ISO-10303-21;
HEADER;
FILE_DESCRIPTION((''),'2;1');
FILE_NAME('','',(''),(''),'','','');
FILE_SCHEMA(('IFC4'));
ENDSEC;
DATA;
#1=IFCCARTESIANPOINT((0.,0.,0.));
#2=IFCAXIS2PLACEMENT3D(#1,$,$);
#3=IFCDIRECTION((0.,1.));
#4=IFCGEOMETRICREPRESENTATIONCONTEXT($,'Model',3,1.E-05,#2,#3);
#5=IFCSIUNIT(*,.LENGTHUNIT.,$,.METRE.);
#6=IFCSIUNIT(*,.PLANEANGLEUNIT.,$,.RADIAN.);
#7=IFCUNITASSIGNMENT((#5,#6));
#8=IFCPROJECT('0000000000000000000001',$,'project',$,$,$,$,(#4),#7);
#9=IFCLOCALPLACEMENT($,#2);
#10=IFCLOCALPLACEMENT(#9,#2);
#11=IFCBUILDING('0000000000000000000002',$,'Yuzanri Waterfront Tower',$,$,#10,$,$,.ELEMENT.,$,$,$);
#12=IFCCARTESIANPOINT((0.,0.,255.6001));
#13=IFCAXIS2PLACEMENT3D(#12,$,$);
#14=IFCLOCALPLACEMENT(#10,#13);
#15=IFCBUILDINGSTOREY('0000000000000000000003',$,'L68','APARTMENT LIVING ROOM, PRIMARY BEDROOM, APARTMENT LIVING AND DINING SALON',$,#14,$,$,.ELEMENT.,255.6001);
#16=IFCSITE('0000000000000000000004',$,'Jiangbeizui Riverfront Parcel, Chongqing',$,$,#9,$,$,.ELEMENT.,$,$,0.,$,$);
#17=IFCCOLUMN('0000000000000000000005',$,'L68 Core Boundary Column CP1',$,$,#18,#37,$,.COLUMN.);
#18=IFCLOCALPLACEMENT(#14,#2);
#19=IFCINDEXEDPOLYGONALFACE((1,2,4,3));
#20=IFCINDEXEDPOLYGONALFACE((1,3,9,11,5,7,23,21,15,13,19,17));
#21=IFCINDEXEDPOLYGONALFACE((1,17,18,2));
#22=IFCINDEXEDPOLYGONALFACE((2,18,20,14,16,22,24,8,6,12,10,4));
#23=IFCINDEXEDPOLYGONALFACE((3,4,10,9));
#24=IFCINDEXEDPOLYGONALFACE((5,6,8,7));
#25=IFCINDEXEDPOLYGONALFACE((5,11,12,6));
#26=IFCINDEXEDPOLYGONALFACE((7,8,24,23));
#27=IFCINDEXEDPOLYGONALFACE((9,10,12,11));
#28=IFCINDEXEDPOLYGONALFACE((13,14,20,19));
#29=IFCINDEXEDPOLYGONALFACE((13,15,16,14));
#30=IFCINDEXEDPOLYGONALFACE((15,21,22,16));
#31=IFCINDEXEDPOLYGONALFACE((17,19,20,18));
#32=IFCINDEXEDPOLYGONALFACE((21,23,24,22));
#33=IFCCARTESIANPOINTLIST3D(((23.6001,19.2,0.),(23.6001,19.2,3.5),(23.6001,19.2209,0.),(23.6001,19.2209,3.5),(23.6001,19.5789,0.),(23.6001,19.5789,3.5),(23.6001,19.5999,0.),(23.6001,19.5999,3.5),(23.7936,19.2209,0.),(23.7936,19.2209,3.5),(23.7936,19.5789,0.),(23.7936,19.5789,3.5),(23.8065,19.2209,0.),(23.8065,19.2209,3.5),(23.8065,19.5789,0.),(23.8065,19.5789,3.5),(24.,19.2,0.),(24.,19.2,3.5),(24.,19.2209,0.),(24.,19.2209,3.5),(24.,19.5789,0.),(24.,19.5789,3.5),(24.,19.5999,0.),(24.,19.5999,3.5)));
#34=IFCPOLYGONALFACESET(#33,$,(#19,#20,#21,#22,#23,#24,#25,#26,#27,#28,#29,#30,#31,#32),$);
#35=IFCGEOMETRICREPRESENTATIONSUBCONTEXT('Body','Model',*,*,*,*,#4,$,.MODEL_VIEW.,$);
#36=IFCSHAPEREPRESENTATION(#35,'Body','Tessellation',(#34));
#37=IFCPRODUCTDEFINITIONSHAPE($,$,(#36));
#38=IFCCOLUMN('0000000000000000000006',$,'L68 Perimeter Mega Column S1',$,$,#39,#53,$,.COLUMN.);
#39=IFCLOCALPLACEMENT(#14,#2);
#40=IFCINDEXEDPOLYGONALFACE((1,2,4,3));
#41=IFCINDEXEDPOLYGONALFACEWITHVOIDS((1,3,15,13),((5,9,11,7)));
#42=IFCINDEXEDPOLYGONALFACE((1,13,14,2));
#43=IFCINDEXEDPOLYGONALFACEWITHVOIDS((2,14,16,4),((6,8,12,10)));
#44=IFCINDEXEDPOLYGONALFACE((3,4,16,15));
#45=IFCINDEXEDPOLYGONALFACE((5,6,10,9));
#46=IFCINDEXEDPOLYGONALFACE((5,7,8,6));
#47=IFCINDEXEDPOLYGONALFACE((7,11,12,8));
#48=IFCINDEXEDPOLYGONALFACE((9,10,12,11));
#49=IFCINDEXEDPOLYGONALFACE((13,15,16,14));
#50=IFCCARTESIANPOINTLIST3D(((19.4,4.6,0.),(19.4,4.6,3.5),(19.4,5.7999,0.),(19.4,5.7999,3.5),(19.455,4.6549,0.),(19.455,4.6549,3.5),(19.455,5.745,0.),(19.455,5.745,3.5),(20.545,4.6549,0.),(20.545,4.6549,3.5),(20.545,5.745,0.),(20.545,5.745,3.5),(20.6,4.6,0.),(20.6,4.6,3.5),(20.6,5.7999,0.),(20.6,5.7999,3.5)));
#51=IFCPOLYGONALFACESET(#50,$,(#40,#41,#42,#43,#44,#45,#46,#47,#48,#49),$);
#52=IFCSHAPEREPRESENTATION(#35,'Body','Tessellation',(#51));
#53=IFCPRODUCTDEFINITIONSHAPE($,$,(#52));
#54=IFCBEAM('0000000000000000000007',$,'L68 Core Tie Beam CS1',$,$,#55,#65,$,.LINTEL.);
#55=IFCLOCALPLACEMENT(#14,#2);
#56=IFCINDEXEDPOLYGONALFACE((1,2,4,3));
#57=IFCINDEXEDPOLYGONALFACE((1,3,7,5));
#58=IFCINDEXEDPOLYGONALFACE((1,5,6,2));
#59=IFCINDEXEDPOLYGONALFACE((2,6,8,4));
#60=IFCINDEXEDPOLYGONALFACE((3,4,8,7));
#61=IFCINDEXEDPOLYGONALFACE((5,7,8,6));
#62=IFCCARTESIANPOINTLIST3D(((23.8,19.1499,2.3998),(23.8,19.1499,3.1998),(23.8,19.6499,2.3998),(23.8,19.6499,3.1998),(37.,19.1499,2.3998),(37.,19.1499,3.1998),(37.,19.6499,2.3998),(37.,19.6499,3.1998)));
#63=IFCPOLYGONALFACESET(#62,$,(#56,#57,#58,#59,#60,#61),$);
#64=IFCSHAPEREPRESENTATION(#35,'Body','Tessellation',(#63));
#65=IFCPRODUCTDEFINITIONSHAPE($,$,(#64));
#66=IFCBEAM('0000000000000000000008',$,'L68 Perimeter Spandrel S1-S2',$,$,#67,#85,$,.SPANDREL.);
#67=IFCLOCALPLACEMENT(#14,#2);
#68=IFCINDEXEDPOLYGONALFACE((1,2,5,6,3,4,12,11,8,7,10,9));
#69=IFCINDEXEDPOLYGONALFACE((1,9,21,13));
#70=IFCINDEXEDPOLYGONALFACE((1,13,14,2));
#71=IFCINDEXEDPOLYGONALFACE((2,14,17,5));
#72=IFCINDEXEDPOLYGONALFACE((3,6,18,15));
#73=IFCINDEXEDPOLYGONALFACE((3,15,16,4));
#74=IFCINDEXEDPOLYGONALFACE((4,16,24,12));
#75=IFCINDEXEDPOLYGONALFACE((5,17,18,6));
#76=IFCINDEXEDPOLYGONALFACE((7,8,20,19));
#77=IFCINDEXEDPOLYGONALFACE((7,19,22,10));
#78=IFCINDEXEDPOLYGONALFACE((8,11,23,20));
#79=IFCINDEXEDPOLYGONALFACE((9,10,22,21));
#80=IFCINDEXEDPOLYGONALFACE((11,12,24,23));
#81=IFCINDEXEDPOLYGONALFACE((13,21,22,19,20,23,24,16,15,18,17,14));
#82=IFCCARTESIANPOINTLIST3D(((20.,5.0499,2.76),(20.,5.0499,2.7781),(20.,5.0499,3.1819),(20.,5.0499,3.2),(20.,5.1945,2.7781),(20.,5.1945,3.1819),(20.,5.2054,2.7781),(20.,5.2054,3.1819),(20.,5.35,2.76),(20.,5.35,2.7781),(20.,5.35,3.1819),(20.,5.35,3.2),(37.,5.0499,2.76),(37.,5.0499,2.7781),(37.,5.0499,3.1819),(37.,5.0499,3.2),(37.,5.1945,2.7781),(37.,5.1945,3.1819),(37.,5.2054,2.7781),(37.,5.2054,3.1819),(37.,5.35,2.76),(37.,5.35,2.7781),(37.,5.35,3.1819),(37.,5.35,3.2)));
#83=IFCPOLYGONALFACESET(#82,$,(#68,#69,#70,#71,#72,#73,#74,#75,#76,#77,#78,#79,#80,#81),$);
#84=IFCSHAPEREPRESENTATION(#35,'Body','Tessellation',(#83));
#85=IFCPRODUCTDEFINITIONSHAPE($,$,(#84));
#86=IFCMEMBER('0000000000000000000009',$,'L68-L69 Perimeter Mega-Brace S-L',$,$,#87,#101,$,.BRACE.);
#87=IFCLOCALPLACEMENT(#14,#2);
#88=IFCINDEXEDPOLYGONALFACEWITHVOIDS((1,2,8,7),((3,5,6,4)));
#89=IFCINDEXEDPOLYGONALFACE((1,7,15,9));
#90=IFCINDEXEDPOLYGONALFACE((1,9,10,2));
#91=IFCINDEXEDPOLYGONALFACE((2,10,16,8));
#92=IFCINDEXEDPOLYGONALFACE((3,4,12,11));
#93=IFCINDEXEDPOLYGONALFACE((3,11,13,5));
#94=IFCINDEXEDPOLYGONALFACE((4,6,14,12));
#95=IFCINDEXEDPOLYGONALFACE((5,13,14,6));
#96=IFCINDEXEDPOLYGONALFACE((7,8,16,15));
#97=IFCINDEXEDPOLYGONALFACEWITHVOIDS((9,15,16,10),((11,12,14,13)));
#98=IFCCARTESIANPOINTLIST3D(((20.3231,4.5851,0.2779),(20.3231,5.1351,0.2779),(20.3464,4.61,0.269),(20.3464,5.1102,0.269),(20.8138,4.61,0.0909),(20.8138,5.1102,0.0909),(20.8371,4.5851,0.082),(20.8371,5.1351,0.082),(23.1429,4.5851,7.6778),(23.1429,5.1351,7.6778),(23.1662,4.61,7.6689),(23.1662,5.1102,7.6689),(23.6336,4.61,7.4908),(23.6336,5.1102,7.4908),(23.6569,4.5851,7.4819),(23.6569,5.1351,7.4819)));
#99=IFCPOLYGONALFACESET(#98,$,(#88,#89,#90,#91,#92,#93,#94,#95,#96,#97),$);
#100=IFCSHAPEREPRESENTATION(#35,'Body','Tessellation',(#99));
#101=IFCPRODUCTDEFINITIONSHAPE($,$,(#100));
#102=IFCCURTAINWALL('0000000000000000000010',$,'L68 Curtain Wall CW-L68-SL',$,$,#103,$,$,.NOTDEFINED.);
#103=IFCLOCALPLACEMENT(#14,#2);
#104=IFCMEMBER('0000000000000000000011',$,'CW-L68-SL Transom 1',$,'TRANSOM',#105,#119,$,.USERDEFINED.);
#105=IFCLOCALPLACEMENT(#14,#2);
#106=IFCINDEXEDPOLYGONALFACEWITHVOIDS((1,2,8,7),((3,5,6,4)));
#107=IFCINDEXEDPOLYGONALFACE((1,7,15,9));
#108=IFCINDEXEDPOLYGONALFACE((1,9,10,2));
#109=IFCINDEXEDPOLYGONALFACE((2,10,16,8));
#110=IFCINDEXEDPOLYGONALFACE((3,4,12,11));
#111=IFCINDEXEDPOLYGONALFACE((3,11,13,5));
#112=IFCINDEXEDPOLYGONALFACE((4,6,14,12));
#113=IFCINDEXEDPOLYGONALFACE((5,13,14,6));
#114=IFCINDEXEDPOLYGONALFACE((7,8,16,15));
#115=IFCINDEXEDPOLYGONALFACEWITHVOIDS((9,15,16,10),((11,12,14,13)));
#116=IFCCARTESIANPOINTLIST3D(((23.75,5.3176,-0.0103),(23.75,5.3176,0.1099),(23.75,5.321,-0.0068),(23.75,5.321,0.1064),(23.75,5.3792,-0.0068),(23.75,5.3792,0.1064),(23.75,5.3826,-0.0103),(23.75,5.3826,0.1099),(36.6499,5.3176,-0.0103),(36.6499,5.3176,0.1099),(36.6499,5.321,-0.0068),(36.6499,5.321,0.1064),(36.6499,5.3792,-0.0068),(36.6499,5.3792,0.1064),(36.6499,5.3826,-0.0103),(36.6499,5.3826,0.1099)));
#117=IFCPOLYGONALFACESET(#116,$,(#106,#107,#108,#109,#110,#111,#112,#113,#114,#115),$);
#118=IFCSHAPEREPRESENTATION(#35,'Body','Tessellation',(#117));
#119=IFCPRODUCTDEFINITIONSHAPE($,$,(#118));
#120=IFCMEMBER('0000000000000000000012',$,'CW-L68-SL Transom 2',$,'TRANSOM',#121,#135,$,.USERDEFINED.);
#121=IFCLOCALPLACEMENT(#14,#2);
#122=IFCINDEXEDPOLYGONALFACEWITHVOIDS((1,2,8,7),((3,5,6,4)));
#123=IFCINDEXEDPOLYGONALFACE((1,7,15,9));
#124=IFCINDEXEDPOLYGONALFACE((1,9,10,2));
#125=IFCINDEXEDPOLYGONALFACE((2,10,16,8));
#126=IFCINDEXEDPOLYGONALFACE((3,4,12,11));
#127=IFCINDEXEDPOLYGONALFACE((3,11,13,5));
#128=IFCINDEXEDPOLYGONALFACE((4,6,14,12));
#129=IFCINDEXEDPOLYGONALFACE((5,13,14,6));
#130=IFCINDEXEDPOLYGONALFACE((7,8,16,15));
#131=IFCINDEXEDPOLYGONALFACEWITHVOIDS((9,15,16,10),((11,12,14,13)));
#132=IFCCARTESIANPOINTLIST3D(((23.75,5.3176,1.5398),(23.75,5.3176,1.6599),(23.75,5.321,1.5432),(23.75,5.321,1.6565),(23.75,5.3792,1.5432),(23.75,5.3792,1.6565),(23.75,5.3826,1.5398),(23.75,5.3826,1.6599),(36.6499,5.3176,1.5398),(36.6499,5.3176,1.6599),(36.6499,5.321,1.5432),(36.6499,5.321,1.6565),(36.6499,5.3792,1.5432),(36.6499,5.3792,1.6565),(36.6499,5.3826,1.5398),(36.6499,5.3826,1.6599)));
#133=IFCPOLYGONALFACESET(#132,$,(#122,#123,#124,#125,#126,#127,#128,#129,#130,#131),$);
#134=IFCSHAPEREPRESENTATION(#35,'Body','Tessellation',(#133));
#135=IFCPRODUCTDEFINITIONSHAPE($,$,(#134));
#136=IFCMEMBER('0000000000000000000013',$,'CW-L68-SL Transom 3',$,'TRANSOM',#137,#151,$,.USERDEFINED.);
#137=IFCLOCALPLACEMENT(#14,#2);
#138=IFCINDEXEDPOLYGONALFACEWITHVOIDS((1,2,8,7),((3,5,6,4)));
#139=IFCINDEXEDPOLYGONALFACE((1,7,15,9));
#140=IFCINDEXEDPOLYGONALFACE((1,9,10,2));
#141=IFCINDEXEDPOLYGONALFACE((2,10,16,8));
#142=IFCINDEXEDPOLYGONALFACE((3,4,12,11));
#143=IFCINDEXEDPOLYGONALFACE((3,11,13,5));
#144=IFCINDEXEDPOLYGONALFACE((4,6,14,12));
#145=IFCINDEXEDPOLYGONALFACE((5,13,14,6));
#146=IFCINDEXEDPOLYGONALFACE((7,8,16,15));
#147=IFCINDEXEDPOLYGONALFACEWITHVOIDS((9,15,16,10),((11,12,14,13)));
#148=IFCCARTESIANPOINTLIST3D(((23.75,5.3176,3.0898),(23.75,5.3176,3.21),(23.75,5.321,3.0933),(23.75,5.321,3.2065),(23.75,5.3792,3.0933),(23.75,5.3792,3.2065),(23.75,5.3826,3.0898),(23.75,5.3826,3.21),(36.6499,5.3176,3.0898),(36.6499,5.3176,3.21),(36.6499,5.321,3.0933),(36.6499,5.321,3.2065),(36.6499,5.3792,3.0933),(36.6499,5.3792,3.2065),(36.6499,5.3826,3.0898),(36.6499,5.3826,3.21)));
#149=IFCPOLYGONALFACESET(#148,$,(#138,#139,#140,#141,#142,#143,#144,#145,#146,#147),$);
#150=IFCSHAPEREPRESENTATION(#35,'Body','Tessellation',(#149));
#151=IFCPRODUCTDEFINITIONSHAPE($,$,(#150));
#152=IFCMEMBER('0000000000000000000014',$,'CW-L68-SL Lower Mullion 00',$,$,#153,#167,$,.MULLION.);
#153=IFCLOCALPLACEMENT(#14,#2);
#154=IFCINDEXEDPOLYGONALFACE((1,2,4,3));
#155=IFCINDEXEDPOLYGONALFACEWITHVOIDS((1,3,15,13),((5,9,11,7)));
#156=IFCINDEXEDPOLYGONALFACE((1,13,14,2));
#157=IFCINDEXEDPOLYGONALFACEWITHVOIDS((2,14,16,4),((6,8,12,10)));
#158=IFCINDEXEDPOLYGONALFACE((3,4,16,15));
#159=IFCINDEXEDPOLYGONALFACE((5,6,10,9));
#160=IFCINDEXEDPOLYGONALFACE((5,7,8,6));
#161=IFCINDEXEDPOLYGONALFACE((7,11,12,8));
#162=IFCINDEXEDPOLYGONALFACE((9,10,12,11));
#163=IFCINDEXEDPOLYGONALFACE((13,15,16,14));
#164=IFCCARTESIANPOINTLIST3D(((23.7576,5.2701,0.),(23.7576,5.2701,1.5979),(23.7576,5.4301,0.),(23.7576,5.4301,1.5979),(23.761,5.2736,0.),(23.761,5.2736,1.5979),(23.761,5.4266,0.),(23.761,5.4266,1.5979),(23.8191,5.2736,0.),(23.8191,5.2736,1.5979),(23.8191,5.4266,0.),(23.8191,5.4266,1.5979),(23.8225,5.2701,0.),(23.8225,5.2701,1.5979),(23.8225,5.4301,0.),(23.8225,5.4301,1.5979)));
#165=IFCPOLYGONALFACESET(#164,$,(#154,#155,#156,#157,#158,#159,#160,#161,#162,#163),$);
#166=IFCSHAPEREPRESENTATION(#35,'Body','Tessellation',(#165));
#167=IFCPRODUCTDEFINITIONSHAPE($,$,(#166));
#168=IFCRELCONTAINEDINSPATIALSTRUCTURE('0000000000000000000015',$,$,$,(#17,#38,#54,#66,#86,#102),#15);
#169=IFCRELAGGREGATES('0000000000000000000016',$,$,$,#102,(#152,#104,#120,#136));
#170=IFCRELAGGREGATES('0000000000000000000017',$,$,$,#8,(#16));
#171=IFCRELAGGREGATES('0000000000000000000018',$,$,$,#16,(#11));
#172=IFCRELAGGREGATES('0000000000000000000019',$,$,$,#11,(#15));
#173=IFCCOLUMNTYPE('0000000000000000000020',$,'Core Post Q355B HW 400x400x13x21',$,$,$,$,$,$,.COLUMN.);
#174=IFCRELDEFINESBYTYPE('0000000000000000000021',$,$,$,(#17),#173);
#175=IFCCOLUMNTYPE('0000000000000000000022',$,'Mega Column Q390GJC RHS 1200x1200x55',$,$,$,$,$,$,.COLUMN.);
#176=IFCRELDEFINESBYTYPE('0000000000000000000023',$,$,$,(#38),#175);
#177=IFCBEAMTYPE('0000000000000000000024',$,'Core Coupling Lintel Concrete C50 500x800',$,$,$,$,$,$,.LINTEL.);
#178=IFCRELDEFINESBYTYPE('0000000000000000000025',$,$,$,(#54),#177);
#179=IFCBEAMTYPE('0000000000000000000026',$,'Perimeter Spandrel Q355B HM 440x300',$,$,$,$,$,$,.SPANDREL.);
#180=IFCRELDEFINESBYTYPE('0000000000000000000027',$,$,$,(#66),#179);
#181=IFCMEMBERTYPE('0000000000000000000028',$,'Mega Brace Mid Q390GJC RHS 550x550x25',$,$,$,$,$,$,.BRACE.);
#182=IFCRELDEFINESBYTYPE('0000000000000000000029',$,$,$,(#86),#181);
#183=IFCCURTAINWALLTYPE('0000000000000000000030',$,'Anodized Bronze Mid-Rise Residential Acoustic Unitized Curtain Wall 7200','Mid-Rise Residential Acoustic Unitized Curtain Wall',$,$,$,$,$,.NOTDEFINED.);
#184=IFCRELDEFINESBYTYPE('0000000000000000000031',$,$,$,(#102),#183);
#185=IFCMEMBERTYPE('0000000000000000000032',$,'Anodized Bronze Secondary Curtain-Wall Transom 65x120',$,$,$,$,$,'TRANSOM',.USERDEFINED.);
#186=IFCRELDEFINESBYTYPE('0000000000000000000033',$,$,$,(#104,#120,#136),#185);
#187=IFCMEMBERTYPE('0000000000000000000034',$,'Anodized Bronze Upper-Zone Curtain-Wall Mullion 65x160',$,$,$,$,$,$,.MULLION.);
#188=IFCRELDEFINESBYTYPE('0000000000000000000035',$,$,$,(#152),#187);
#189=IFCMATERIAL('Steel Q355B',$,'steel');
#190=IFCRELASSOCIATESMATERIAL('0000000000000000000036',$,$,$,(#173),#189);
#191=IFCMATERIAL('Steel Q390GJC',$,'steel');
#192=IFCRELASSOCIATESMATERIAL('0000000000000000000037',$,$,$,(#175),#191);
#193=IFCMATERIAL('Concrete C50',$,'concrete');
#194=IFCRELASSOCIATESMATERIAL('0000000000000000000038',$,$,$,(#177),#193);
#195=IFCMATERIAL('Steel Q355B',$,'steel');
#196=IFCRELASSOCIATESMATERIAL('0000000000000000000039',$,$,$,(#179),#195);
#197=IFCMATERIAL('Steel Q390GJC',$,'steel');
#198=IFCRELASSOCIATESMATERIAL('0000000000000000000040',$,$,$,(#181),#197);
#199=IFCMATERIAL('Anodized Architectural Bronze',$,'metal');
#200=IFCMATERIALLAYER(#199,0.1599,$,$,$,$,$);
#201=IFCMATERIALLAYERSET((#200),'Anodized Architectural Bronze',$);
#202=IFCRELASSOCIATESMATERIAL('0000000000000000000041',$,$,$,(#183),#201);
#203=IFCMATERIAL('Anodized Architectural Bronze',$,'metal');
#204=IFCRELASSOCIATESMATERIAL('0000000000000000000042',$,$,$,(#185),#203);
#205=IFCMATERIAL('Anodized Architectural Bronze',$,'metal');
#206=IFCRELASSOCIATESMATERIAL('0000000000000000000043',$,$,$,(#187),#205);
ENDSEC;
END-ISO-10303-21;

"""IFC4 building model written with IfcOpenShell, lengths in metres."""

from ifc_helpers import new_model, si_unit, direction, frame, origin, origin_2d, place, context, subcontext, project, spatial, rectangle, hollow_rectangle, i_section, extrude, source, transform, mapped, material, layer, layer_set, material_profile, profile_set, type_object, element, aggregate, save


model = new_model("IFC4")

# Units and contexts
model_context = context("Model", 3, precision=1e-05, world=origin(), true_north=direction((0.0, 1.0)))
body_context = subcontext(model_context, "Body", "Model", "MODEL_VIEW")
ifc_project = project(units=[si_unit("LENGTHUNIT", "METRE"), si_unit("PLANEANGLEUNIT", "RADIAN")], contexts=[model_context])

# Site, building, storey
site_placement = place(None, origin())
site = spatial("IfcSite", under=ifc_project, at=site_placement, Name="Jiangbeizui Riverfront Parcel, Chongqing", CompositionType="ELEMENT", RefElevation=0.0)
building_placement = place(site_placement, origin())
building = spatial("IfcBuilding", under=site, at=building_placement, Name="Yuzanri Waterfront Tower", CompositionType="ELEMENT")
storey_placement = place(building_placement, frame((0.0, 0.0, 255.6001)))
storey = spatial("IfcBuildingStorey", under=building, at=storey_placement, Name="L68", Description="APARTMENT LIVING ROOM, PRIMARY BEDROOM, APARTMENT LIVING AND DINING SALON", CompositionType="ELEMENT", Elevation=255.6001)

# Columns
ifc_material_1 = material(Name="Steel Q355B", Category="steel")
ifc_material_profile_1 = material_profile(ifc_material_1, i_section(OverallWidth=0.3999, OverallDepth=0.3999, WebThickness=0.0129, FlangeThickness=0.021, at=origin_2d()), Name="HW 400x400x13x21")
ifc_profile_set_1 = profile_set([ifc_material_profile_1], Name="Steel Q355B")
column_type_1 = type_object("IfcColumnType", Name="Core Post Q355B HW 400x400x13x21", PredefinedType="COLUMN", material=ifc_profile_set_1)
shared_shape_1 = source(origin(), body_context, "Body", "SweptSolid", [
    extrude(i_section(OverallWidth=0.3999, OverallDepth=0.3999, WebThickness=0.0129, FlangeThickness=0.021, at=origin_2d()), origin(), (0.0, 0.0, 1.0), 3.5),
])
column_1_placement = place(storey_placement, frame((23.8, 19.3999, 0.0), z_axis=(0.0, 0.0, 1.0), x_axis=(1.0, 0.0, 0.0)))
element("IfcColumn", 1, at=column_1_placement, inside=storey, type_object=column_type_1, Name="L68 Core Boundary Column CP1", PredefinedType="COLUMN", context=body_context, shape_type="MappedRepresentation", body=[
    mapped(shared_shape_1, transform((0.0, 0.0, 0.0), scale=1.0)),
])
ifc_material_2 = material(Name="Steel Q390GJC", Category="steel")
ifc_material_profile_2 = material_profile(ifc_material_2, hollow_rectangle(XDim=1.2, YDim=1.2, WallThickness=0.0549, at=origin_2d()), Name="RHS 1200x1200x55")
ifc_profile_set_2 = profile_set([ifc_material_profile_2], Name="Steel Q390GJC")
column_type_2 = type_object("IfcColumnType", Name="Mega Column Q390GJC RHS 1200x1200x55", PredefinedType="COLUMN", material=ifc_profile_set_2)
shared_shape_2 = source(origin(), body_context, "Body", "SweptSolid", [
    extrude(hollow_rectangle(XDim=1.2, YDim=1.2, WallThickness=0.0549, at=origin_2d()), origin(), (0.0, 0.0, 1.0), 3.5),
])
column_2_placement = place(storey_placement, frame((20.0, 5.2, 0.0), z_axis=(0.0, 0.0, 1.0), x_axis=(1.0, 0.0, 0.0)))
element("IfcColumn", 2, at=column_2_placement, inside=storey, type_object=column_type_2, Name="L68 Perimeter Mega Column S1", PredefinedType="COLUMN", context=body_context, shape_type="MappedRepresentation", body=[
    mapped(shared_shape_2, transform((0.0, 0.0, 0.0), scale=1.0)),
])

# Beams
ifc_material_3 = material(Name="Concrete C50", Category="concrete")
ifc_material_profile_3 = material_profile(ifc_material_3, rectangle(XDim=0.5, YDim=0.8, at=origin_2d()), Name="RC 500x800")
ifc_profile_set_3 = profile_set([ifc_material_profile_3], Name="Concrete C50")
beam_type_1 = type_object("IfcBeamType", Name="Core Coupling Lintel Concrete C50 500x800", PredefinedType="LINTEL", material=ifc_profile_set_3)
shared_shape_3 = source(origin(), body_context, "Body", "SweptSolid", [
    extrude(rectangle(XDim=0.5, YDim=0.8, at=origin_2d()), origin(), (0.0, 0.0, 1.0), 13.2),
])
beam_1_placement = place(storey_placement, frame((23.8, 19.3999, 2.7998), z_axis=(1.0, 0.0, 0.0), x_axis=(0.0, 1.0, 0.0)))
element("IfcBeam", 3, at=beam_1_placement, inside=storey, type_object=beam_type_1, Name="L68 Core Tie Beam CS1", PredefinedType="LINTEL", context=body_context, shape_type="MappedRepresentation", body=[
    mapped(shared_shape_3, transform((0.0, 0.0, 0.0), scale=1.0)),
])
ifc_material_4 = material(Name="Steel Q355B", Category="steel")
ifc_material_profile_4 = material_profile(ifc_material_4, i_section(OverallWidth=0.3, OverallDepth=0.4399, WebThickness=0.011, FlangeThickness=0.0181, at=origin_2d()), Name="HM 440x300x11x18")
ifc_profile_set_4 = profile_set([ifc_material_profile_4], Name="Steel Q355B")
beam_type_2 = type_object("IfcBeamType", Name="Perimeter Spandrel Q355B HM 440x300", PredefinedType="SPANDREL", material=ifc_profile_set_4)
shared_shape_4 = source(origin(), body_context, "Body", "SweptSolid", [
    extrude(i_section(OverallWidth=0.3, OverallDepth=0.4399, WebThickness=0.011, FlangeThickness=0.0181, at=origin_2d()), origin(), (0.0, 0.0, 1.0), 17.0),
])
beam_2_placement = place(storey_placement, frame((20.0, 5.2, 2.98), z_axis=(1.0, 0.0, 0.0), x_axis=(0.0, 1.0, 0.0)))
element("IfcBeam", 4, at=beam_2_placement, inside=storey, type_object=beam_type_2, Name="L68 Perimeter Spandrel S1-S2", PredefinedType="SPANDREL", context=body_context, shape_type="MappedRepresentation", body=[
    mapped(shared_shape_4, transform((0.0, 0.0, 0.0), scale=1.0)),
])

# Member
ifc_material_5 = material(Name="Steel Q390GJC", Category="steel")
ifc_material_profile_5 = material_profile(ifc_material_5, hollow_rectangle(XDim=0.55, YDim=0.55, WallThickness=0.0249, at=origin_2d()), Name="RHS 550x550x25")
ifc_profile_set_5 = profile_set([ifc_material_profile_5], Name="Steel Q390GJC")
member_type_1 = type_object("IfcMemberType", Name="Mega Brace Mid Q390GJC RHS 550x550x25", PredefinedType="BRACE", material=ifc_profile_set_5)
shared_shape_5 = source(origin(), body_context, "Body", "SweptSolid", [
    extrude(hollow_rectangle(XDim=0.55, YDim=0.55, WallThickness=0.0249, at=origin_2d()), origin(), (0.0, 0.0, 1.0), 7.9189),
])
member_1_placement = place(storey_placement, frame((20.5801, 4.8601, 0.1799), z_axis=(0.356085, 0.0, 0.934454), x_axis=(0.0, 1.0, 0.0)))
element("IfcMember", 5, at=member_1_placement, inside=storey, type_object=member_type_1, Name="L68-L69 Perimeter Mega-Brace S-L", PredefinedType="BRACE", context=body_context, shape_type="MappedRepresentation", body=[
    mapped(shared_shape_5, transform((0.0, 0.0, 0.0), scale=1.0)),
])

# Curtain wall, members
ifc_material_6 = material(Name="Anodized Architectural Bronze", Category="metal")
ifc_layer_1 = layer(ifc_material_6, 0.1599)
ifc_layer_set_1 = layer_set([ifc_layer_1], Name="Anodized Architectural Bronze")
curtain_wall_type = type_object("IfcCurtainWallType", Name="Anodized Bronze Mid-Rise Residential Acoustic Unitized Curtain Wall 7200", Description="Mid-Rise Residential Acoustic Unitized Curtain Wall", PredefinedType="NOTDEFINED", material=ifc_layer_set_1)
curtain_wall_1_placement = place(storey_placement, origin())
curtain_wall_1 = element("IfcCurtainWall", 6, at=curtain_wall_1_placement, inside=storey, type_object=curtain_wall_type, Name="L68 Curtain Wall CW-L68-SL", PredefinedType="NOTDEFINED")
ifc_material_7 = material(Name="Anodized Architectural Bronze", Category="metal")
ifc_material_profile_6 = material_profile(ifc_material_7, hollow_rectangle(XDim=0.0649, YDim=0.1201, WallThickness=0.0034, at=origin_2d()), Name="CWT 65x120")
ifc_profile_set_6 = profile_set([ifc_material_profile_6], Name="Anodized Architectural Bronze")
member_type_2 = type_object("IfcMemberType", Name="Anodized Bronze Secondary Curtain-Wall Transom 65x120", ElementType="TRANSOM", PredefinedType="USERDEFINED", material=ifc_profile_set_6)
shared_shape_6 = source(origin(), body_context, "Body", "SweptSolid", [
    extrude(hollow_rectangle(XDim=0.0649, YDim=0.1201, WallThickness=0.0034, at=origin_2d()), origin(), (0.0, 0.0, 1.0), 12.8999),
])
member_2_placement = place(storey_placement, frame((23.75, 5.3501, 0.0498), z_axis=(1.0, 0.0, 0.0), x_axis=(0.0, 1.0, 0.0)))
member_2 = element("IfcMember", 7, at=member_2_placement, type_object=member_type_2, Name="CW-L68-SL Transom 1", ObjectType="TRANSOM", PredefinedType="USERDEFINED", context=body_context, shape_type="MappedRepresentation", body=[
    mapped(shared_shape_6, transform((0.0, 0.0, 0.0), scale=1.0)),
])
member_3_placement = place(storey_placement, frame((23.75, 5.3501, 1.5999), z_axis=(1.0, 0.0, 0.0), x_axis=(0.0, 1.0, 0.0)))
member_3 = element("IfcMember", 8, at=member_3_placement, type_object=member_type_2, Name="CW-L68-SL Transom 2", ObjectType="TRANSOM", PredefinedType="USERDEFINED", context=body_context, shape_type="MappedRepresentation", body=[
    mapped(shared_shape_6, transform((0.0, 0.0, 0.0), scale=1.0)),
])
member_4_placement = place(storey_placement, frame((23.75, 5.3501, 3.1499), z_axis=(1.0, 0.0, 0.0), x_axis=(0.0, 1.0, 0.0)))
member_4 = element("IfcMember", 9, at=member_4_placement, type_object=member_type_2, Name="CW-L68-SL Transom 3", ObjectType="TRANSOM", PredefinedType="USERDEFINED", context=body_context, shape_type="MappedRepresentation", body=[
    mapped(shared_shape_6, transform((0.0, 0.0, 0.0), scale=1.0)),
])
ifc_material_8 = material(Name="Anodized Architectural Bronze", Category="metal")
ifc_material_profile_7 = material_profile(ifc_material_8, hollow_rectangle(XDim=0.0649, YDim=0.1599, WallThickness=0.0034, at=origin_2d()), Name="CWM 65x160")
ifc_profile_set_7 = profile_set([ifc_material_profile_7], Name="Anodized Architectural Bronze")
member_type_3 = type_object("IfcMemberType", Name="Anodized Bronze Upper-Zone Curtain-Wall Mullion 65x160", PredefinedType="MULLION", material=ifc_profile_set_7)
shared_shape_7 = source(origin(), body_context, "Body", "SweptSolid", [
    extrude(hollow_rectangle(XDim=0.0649, YDim=0.1599, WallThickness=0.0034, at=origin_2d()), origin(), (0.0, 0.0, 1.0), 1.5979),
])
member_5_placement = place(storey_placement, frame((23.79, 5.3501, 0.0), z_axis=(0.0, 0.0, 1.0), x_axis=(1.0, 0.0, 0.0)))
member_5 = element("IfcMember", 10, at=member_5_placement, type_object=member_type_3, Name="CW-L68-SL Lower Mullion 00", PredefinedType="MULLION", context=body_context, shape_type="MappedRepresentation", body=[
    mapped(shared_shape_7, transform((0.0, 0.0, 0.0), scale=1.0)),
])
aggregate(curtain_wall_1, [member_5, member_2, member_3, member_4])

save(model, "model.ifc")
